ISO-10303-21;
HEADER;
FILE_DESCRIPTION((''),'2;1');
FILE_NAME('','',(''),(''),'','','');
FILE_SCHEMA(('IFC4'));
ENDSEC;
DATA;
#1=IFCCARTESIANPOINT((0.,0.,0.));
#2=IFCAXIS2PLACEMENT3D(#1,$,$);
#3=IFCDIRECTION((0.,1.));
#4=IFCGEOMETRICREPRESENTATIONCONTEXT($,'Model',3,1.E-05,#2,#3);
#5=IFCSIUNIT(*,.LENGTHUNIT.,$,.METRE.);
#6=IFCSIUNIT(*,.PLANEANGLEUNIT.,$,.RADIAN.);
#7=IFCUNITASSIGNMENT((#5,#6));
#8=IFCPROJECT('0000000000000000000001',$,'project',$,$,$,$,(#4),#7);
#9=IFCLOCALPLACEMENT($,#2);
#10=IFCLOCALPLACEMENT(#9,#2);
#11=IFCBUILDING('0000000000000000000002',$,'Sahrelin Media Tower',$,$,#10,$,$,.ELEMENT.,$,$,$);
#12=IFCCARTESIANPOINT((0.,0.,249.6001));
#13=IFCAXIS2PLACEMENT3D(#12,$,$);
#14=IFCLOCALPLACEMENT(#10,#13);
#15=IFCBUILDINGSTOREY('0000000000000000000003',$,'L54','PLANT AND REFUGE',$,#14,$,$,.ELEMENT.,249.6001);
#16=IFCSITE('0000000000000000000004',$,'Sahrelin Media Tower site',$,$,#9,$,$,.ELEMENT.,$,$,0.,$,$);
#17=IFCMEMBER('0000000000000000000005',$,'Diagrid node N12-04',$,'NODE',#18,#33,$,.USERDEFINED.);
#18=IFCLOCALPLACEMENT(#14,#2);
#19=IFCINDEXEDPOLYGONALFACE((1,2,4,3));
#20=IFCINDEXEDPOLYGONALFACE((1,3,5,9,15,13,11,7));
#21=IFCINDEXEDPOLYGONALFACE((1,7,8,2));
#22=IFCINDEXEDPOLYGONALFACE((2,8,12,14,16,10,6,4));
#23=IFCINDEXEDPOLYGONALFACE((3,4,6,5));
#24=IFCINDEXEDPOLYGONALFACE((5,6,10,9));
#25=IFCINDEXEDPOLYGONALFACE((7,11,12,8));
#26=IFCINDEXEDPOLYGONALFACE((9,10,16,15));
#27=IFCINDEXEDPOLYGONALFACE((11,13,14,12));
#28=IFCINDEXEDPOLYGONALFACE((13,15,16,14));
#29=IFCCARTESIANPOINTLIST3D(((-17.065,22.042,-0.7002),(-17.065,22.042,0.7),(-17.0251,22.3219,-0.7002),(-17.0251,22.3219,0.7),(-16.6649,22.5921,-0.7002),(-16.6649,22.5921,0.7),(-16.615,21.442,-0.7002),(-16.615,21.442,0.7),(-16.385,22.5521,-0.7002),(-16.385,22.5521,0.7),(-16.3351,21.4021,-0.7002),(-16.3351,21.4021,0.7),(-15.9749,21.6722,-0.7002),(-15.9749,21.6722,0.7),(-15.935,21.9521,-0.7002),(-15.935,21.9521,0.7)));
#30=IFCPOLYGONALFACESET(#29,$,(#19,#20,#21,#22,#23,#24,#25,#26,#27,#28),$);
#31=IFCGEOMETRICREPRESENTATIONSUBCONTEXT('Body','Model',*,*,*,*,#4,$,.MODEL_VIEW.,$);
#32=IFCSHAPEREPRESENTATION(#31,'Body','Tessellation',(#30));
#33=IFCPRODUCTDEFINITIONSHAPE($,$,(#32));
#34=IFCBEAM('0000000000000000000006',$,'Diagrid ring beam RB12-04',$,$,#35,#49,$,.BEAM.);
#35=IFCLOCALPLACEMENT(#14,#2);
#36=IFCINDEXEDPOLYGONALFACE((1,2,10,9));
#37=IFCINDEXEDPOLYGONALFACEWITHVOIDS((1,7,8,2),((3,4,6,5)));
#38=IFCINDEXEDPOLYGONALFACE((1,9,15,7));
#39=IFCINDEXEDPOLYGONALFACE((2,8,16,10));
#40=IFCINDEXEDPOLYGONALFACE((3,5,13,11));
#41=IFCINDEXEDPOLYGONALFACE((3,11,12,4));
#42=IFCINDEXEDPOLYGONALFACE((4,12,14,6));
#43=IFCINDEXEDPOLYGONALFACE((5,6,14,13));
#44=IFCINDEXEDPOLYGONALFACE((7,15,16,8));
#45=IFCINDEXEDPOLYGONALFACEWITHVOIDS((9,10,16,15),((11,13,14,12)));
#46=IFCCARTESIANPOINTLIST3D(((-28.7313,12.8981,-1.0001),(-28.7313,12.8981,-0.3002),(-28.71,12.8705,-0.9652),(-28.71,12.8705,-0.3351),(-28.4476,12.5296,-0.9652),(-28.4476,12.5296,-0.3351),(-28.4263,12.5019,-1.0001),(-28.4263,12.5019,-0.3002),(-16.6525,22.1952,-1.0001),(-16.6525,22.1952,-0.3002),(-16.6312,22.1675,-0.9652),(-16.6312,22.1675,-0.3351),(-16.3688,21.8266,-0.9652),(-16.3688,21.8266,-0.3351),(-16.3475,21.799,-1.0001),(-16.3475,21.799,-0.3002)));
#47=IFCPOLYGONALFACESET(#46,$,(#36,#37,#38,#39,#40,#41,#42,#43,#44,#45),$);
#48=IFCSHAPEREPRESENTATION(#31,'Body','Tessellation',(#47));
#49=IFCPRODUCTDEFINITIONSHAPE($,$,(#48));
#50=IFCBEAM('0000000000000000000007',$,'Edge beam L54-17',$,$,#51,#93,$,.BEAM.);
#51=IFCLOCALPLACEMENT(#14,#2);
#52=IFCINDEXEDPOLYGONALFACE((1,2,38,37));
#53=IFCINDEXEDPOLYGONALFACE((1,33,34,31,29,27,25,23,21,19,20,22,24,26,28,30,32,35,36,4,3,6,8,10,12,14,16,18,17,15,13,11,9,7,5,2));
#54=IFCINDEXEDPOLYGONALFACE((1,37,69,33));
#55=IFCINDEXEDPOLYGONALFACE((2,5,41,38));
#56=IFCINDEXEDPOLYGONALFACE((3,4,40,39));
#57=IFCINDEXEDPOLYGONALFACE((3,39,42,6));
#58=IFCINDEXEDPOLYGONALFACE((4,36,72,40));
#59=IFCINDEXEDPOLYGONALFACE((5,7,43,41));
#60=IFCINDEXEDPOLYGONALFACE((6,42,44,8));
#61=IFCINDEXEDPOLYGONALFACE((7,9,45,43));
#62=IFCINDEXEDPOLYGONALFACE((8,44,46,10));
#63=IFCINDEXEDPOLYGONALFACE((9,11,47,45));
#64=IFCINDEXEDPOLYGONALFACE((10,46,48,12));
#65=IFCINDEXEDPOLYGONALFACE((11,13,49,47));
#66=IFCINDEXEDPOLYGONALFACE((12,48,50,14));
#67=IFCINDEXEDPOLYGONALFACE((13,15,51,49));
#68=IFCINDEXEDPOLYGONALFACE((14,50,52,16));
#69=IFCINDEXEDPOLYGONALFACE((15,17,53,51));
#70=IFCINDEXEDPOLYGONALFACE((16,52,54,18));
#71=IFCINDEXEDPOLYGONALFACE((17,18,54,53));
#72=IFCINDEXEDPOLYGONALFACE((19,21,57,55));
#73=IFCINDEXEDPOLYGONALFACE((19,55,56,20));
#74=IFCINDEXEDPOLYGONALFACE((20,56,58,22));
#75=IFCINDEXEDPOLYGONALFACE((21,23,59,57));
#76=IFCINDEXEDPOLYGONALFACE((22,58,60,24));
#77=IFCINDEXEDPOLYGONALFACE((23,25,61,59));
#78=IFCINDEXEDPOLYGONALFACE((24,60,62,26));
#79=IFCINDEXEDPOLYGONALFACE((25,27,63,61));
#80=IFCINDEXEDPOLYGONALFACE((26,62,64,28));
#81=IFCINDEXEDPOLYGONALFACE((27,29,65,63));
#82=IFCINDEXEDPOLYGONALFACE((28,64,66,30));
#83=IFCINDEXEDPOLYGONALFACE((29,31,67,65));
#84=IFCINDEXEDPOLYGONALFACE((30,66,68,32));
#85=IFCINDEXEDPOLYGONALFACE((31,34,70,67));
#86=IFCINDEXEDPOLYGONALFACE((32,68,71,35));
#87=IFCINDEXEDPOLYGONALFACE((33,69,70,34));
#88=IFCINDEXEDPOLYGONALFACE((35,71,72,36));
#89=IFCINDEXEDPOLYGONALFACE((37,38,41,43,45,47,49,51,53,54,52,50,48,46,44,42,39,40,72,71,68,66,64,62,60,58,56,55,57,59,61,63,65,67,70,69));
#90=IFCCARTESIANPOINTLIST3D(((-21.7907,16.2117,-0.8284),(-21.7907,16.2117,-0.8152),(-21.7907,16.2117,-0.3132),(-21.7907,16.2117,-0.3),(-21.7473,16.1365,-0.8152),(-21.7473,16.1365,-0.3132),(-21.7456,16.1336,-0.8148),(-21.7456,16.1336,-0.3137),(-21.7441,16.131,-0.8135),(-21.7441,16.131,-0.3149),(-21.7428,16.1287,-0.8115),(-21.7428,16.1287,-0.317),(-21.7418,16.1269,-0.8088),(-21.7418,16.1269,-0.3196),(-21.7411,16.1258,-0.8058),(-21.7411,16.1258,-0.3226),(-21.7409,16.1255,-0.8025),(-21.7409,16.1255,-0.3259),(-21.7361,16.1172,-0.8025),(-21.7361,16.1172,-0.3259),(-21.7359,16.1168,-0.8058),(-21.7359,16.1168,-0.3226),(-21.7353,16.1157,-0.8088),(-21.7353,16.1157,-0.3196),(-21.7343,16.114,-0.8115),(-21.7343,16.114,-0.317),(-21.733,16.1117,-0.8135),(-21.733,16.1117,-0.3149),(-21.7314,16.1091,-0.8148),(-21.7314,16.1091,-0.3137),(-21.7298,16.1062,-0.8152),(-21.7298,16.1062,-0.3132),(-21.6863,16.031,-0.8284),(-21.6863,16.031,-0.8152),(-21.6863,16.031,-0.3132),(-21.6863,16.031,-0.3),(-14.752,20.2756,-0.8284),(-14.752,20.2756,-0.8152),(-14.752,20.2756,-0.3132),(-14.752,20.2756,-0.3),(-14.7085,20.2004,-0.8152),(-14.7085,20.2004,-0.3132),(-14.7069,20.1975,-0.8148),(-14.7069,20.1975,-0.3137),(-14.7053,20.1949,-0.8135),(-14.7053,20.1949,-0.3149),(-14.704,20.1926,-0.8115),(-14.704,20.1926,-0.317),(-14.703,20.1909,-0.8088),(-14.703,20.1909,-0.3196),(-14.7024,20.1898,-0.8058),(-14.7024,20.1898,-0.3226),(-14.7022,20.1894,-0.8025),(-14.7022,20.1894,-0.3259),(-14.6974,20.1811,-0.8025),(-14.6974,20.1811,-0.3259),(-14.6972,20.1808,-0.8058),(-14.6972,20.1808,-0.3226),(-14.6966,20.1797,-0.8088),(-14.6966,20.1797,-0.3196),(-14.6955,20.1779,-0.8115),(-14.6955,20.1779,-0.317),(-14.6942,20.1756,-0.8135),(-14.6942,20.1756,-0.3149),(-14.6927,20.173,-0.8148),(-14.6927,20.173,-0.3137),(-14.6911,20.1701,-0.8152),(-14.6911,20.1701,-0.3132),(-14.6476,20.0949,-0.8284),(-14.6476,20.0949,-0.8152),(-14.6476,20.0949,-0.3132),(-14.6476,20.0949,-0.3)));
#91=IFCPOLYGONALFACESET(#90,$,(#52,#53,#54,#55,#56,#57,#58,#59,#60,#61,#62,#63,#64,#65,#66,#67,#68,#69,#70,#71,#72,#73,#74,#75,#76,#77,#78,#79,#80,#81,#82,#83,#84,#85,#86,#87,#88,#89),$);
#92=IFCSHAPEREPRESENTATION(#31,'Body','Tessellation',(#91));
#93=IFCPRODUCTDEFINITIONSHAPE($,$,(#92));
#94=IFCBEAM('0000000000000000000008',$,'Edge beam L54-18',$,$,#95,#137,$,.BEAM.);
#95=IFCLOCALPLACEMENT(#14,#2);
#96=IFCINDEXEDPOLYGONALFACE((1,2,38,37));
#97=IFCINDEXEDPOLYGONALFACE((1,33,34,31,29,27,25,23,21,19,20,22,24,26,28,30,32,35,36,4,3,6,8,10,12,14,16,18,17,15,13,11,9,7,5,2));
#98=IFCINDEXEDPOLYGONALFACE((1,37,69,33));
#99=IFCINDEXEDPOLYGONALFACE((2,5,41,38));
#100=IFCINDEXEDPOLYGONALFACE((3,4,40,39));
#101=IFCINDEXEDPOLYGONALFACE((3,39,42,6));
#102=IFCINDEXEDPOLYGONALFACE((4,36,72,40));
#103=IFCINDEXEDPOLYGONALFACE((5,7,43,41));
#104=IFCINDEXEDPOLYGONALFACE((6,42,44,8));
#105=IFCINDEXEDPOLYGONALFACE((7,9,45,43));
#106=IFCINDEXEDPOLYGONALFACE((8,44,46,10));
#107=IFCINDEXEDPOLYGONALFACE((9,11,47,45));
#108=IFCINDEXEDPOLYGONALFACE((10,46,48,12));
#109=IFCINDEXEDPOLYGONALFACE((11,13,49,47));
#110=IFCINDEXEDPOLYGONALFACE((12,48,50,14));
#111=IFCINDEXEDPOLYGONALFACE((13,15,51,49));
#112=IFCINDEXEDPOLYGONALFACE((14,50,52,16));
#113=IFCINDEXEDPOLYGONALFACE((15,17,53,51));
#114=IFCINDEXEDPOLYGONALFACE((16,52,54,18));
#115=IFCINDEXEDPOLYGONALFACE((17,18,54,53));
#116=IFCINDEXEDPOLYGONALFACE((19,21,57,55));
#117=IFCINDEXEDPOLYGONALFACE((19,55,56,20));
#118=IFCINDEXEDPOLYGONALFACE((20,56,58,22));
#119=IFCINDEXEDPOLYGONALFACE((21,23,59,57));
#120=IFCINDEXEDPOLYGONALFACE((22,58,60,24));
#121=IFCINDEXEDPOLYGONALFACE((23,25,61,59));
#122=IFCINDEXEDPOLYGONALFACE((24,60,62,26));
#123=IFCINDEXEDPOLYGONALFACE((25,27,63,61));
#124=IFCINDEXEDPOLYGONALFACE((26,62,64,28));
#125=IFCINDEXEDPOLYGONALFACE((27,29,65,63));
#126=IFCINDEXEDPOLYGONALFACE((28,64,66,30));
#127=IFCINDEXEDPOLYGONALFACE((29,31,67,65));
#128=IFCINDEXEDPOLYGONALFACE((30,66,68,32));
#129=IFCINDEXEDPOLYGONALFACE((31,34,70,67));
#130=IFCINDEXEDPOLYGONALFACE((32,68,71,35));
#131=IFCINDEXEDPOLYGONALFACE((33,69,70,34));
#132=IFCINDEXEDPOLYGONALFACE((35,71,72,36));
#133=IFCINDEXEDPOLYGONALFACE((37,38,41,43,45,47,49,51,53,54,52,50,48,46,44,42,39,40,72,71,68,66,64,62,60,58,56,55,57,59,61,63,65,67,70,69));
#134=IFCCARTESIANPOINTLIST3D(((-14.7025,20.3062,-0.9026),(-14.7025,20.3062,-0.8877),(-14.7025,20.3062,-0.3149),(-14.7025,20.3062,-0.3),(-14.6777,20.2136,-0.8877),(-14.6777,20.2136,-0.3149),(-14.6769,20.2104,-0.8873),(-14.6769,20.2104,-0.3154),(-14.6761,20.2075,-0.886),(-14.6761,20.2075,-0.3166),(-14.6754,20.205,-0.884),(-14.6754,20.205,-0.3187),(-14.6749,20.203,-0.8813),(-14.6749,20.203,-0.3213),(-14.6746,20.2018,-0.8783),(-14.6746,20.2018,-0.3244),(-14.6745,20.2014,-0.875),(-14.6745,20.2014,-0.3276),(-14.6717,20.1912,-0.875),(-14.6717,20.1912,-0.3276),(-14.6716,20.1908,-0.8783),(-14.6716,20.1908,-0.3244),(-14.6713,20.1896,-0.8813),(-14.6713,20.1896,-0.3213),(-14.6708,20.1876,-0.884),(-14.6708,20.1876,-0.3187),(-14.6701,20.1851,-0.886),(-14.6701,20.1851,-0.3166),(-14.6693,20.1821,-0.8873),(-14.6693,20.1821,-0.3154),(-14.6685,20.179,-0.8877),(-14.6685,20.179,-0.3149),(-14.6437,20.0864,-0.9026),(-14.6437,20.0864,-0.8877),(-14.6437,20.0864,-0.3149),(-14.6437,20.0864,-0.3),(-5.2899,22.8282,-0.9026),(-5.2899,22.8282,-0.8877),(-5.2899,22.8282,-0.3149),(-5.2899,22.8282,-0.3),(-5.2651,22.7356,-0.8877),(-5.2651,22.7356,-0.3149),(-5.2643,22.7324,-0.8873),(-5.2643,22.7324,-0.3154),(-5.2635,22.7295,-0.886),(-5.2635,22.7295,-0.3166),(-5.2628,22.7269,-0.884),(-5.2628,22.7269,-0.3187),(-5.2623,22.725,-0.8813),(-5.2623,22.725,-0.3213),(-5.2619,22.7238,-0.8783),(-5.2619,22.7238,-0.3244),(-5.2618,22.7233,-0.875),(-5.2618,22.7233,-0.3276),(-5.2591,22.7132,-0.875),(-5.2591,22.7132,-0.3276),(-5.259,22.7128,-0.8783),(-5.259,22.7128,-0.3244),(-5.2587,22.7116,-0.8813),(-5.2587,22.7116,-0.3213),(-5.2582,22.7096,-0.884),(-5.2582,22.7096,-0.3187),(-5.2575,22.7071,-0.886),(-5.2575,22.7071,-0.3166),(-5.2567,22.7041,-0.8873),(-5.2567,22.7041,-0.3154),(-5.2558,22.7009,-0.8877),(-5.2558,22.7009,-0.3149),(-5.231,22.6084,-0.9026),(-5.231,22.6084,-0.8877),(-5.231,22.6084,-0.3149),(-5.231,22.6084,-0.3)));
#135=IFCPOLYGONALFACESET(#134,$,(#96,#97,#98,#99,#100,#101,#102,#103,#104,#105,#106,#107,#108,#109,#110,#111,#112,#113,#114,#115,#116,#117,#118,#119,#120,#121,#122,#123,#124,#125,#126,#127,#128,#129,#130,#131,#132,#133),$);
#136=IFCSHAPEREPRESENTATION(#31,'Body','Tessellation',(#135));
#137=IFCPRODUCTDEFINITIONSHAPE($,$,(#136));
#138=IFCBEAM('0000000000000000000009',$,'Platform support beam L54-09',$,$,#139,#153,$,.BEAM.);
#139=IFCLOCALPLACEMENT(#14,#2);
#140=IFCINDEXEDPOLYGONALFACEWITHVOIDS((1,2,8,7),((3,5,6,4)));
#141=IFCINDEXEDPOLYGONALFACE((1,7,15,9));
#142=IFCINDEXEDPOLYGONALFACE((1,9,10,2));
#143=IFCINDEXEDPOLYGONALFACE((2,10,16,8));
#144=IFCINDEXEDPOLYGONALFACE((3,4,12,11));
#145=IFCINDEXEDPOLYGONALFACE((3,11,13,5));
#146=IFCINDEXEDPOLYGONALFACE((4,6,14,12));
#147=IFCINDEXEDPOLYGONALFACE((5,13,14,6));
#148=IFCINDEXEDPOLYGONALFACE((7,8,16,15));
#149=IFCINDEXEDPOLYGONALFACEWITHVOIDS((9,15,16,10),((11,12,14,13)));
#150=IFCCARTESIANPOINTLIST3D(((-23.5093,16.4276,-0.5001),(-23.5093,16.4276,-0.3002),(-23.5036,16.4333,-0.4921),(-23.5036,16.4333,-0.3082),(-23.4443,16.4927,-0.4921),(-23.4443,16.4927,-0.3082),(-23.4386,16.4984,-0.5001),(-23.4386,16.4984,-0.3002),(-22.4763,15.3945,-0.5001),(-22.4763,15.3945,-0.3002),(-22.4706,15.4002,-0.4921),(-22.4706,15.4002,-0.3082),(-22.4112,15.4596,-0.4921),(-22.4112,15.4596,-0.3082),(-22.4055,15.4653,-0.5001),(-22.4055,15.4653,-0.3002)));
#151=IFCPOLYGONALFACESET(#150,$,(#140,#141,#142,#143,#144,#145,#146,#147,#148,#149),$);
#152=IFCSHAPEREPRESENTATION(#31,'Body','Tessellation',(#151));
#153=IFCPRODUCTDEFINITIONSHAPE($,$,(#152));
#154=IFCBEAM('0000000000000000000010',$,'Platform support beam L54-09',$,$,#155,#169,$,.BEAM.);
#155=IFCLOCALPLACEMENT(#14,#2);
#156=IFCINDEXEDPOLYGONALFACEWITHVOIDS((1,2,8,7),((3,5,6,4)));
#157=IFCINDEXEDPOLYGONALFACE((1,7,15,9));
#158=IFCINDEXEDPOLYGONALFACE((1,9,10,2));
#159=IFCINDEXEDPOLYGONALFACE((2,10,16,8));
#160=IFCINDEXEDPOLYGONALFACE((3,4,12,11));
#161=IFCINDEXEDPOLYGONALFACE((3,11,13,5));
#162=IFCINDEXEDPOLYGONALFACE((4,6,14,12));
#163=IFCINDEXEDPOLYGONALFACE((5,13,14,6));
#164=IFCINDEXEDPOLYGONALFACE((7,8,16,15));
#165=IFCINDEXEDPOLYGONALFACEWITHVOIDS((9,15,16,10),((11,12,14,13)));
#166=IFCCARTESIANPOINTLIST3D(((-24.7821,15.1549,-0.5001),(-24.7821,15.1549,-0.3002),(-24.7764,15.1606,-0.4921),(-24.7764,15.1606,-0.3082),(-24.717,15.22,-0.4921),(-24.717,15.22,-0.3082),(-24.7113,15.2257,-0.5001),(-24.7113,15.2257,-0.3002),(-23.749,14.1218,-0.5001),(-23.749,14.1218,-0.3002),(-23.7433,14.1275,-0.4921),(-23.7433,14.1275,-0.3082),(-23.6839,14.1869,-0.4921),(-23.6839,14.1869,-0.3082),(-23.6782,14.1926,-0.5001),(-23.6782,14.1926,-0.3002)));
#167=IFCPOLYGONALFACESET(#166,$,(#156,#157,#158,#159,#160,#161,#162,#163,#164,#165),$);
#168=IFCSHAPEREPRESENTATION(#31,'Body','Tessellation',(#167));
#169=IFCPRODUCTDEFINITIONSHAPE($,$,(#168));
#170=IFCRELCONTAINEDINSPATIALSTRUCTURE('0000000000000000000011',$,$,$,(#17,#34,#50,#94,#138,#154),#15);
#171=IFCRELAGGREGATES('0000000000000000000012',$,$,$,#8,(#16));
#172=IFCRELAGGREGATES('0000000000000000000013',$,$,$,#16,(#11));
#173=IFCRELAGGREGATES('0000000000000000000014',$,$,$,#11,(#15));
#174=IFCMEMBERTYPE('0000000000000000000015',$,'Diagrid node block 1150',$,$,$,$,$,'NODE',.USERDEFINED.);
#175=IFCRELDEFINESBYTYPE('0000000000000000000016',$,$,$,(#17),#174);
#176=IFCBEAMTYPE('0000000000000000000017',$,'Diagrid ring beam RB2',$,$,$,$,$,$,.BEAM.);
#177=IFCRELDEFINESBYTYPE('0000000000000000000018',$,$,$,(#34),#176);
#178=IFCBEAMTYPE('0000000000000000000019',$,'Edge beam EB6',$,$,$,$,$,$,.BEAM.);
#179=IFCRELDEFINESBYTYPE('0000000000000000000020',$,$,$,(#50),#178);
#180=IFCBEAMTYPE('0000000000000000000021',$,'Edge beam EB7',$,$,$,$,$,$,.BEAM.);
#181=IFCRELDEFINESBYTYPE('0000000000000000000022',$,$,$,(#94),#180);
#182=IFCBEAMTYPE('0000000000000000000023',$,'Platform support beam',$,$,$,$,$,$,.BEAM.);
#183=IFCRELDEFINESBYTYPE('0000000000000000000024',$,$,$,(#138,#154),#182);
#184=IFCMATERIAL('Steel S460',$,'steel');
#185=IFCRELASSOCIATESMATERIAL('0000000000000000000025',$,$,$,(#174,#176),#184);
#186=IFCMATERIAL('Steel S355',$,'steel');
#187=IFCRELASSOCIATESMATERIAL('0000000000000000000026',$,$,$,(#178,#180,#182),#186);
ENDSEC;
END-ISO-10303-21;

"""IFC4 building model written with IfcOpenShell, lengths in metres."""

from ifc_helpers import new_model, si_unit, direction, frame, origin, origin_2d, place, context, subcontext, project, spatial, polyline, hollow_rectangle, i_section, outline, extrude, material, material_profile, profile_set, type_object, element, save


model = new_model("IFC4")

# Units and contexts
model_context = context("Model", 3, precision=1e-05, world=origin(), true_north=direction((0.0, 1.0)))
body_context = subcontext(model_context, "Body", "Model", "MODEL_VIEW")
ifc_project = project(units=[si_unit("LENGTHUNIT", "METRE"), si_unit("PLANEANGLEUNIT", "RADIAN")], contexts=[model_context])

# Site, building, storey
site_placement = place(None, origin())
site = spatial("IfcSite", under=ifc_project, at=site_placement, Name="Sahrelin Media Tower site", CompositionType="ELEMENT", RefElevation=0.0)
building_placement = place(site_placement, origin())
building = spatial("IfcBuilding", under=site, at=building_placement, Name="Sahrelin Media Tower", CompositionType="ELEMENT")
storey_placement = place(building_placement, frame((0.0, 0.0, 249.6001)))
storey = spatial("IfcBuildingStorey", under=building, at=storey_placement, Name="L54", Description="PLANT AND REFUGE", CompositionType="ELEMENT", Elevation=249.6001)

# Member
ifc_material_1 = material(Name="Steel S460", Category="steel")
ifc_material_profile_1 = material_profile(ifc_material_1, outline(polyline([(0.375, -0.425), (0.575, -0.2251), (0.575, 0.2251), (0.375, 0.425), (-0.375, 0.425), (-0.575, 0.2251), (-0.575, -0.2251), (-0.375, -0.425), (0.375, -0.425)])), Name="Diagrid node block 1150")
ifc_profile_set_1 = profile_set([ifc_material_profile_1], Name="Steel S460")
member_type_1 = type_object("IfcMemberType", Name="Diagrid node block 1150", ElementType="NODE", PredefinedType="USERDEFINED", material=ifc_profile_set_1)
member_1_placement = place(storey_placement, frame((-16.5, 21.9971, -0.7002), z_axis=(0.0, 0.0, 1.0), x_axis=(-0.600052, 0.799961, 0.0)))
element("IfcMember", 1, at=member_1_placement, inside=storey, type_object=member_type_1, Name="Diagrid node N12-04", ObjectType="NODE", PredefinedType="USERDEFINED", context=body_context, shape_type="SweptSolid", body=[
    extrude(outline(polyline([(0.375, -0.425), (0.575, -0.2251), (0.575, 0.2251), (0.375, 0.425), (-0.375, 0.425), (-0.575, 0.2251), (-0.575, -0.2251), (-0.375, -0.425), (0.375, -0.425)])), origin(), (0.0, 0.0, 1.0), 1.4001),
])

# Beams
ifc_material_profile_2 = material_profile(ifc_material_1, hollow_rectangle(XDim=0.5, YDim=0.7, WallThickness=0.0349, at=origin_2d()), Name="Diagrid ring beam RB2")
ifc_profile_set_2 = profile_set([ifc_material_profile_2], Name="Steel S460")
beam_type_1 = type_object("IfcBeamType", Name="Diagrid ring beam RB2", PredefinedType="BEAM", material=ifc_profile_set_2)
beam_1_placement = place(storey_placement, frame((-16.5, 21.9971, -0.6501), z_axis=(-0.792444, -0.609945, 0.0), x_axis=(0.609945, -0.792444, 0.0)))
element("IfcBeam", 2, at=beam_1_placement, inside=storey, type_object=beam_type_1, Name="Diagrid ring beam RB12-04", PredefinedType="BEAM", context=body_context, shape_type="SweptSolid", body=[
    extrude(hollow_rectangle(XDim=0.5, YDim=0.7, WallThickness=0.0349, at=origin_2d()), origin(), (0.0, 0.0, 1.0), 15.2424),
])
ifc_material_2 = material(Name="Steel S355", Category="steel")
ifc_material_profile_3 = material_profile(ifc_material_2, i_section(OverallWidth=0.2087, OverallDepth=0.5283, WebThickness=0.0095, FlangeThickness=0.0132, FilletRadius=0.0127, at=origin_2d()), Name="UB 533x210x82")
ifc_profile_set_3 = profile_set([ifc_material_profile_3], Name="Steel S355")
beam_type_2 = type_object("IfcBeamType", Name="Edge beam EB6", PredefinedType="BEAM", material=ifc_profile_set_3)
beam_2_placement = place(storey_placement, frame((-21.7385, 16.1213, -0.5642), z_axis=(0.86602, 0.500009, 0.0), x_axis=(-0.500009, 0.86602, 0.0)))
element("IfcBeam", 3, at=beam_2_placement, inside=storey, type_object=beam_type_2, Name="Edge beam L54-17", PredefinedType="BEAM", context=body_context, shape_type="SweptSolid", body=[
    extrude(i_section(OverallWidth=0.2087, OverallDepth=0.5283, WebThickness=0.0095, FlangeThickness=0.0132, FilletRadius=0.0127, at=origin_2d()), origin(), (0.0, 0.0, 1.0), 8.1277),
])
ifc_material_profile_4 = material_profile(ifc_material_2, i_section(OverallWidth=0.2275, OverallDepth=0.6025, WebThickness=0.0105, FlangeThickness=0.0149, FilletRadius=0.0127, at=origin_2d()), Name="UB 610x229x101")
ifc_profile_set_4 = profile_set([ifc_material_profile_4], Name="Steel S355")
beam_type_3 = type_object("IfcBeamType", Name="Edge beam EB7", PredefinedType="BEAM", material=ifc_profile_set_4)
beam_3_placement = place(storey_placement, frame((-14.6731, 20.1963, -0.6013), z_axis=(0.965929, 0.258807, 0.0), x_axis=(-0.258807, 0.965929, 0.0)))
element("IfcBeam", 4, at=beam_3_placement, inside=storey, type_object=beam_type_3, Name="Edge beam L54-18", PredefinedType="BEAM", context=body_context, shape_type="SweptSolid", body=[
    extrude(i_section(OverallWidth=0.2275, OverallDepth=0.6025, WebThickness=0.0105, FlangeThickness=0.0149, FilletRadius=0.0127, at=origin_2d()), origin(), (0.0, 0.0, 1.0), 9.7446),
])
ifc_material_profile_5 = material_profile(ifc_material_2, hollow_rectangle(XDim=0.1001, YDim=0.2, WallThickness=0.0081, at=origin_2d()), Name="RHS 200x100x8")
ifc_profile_set_5 = profile_set([ifc_material_profile_5], Name="Steel S355")
beam_type_4 = type_object("IfcBeamType", Name="Platform support beam", PredefinedType="BEAM", material=ifc_profile_set_5)
for number, where, z_axis, x_axis, name in (
    (5, (-22.4409, 15.4299, -0.4001), (-0.707107, 0.707107, 0.0), (-0.707107, -0.707107, 0.0), "Platform support beam L54-09"),
    (6, (-23.7136, 14.1572, -0.4001), (-0.707107, 0.707107, 0.0), (-0.707107, -0.707107, 0.0), "Platform support beam L54-09"),
):
    element("IfcBeam", number, at=place(storey_placement, frame(where, z_axis=z_axis, x_axis=x_axis)), inside=storey, type_object=beam_type_4, Name=name, PredefinedType="BEAM", context=body_context, shape_type="SweptSolid", body=[
        extrude(hollow_rectangle(XDim=0.1001, YDim=0.2, WallThickness=0.0081, at=origin_2d()), origin(), (0.0, 0.0, 1.0), 1.4609),
    ])

save(model, "model.ifc")
